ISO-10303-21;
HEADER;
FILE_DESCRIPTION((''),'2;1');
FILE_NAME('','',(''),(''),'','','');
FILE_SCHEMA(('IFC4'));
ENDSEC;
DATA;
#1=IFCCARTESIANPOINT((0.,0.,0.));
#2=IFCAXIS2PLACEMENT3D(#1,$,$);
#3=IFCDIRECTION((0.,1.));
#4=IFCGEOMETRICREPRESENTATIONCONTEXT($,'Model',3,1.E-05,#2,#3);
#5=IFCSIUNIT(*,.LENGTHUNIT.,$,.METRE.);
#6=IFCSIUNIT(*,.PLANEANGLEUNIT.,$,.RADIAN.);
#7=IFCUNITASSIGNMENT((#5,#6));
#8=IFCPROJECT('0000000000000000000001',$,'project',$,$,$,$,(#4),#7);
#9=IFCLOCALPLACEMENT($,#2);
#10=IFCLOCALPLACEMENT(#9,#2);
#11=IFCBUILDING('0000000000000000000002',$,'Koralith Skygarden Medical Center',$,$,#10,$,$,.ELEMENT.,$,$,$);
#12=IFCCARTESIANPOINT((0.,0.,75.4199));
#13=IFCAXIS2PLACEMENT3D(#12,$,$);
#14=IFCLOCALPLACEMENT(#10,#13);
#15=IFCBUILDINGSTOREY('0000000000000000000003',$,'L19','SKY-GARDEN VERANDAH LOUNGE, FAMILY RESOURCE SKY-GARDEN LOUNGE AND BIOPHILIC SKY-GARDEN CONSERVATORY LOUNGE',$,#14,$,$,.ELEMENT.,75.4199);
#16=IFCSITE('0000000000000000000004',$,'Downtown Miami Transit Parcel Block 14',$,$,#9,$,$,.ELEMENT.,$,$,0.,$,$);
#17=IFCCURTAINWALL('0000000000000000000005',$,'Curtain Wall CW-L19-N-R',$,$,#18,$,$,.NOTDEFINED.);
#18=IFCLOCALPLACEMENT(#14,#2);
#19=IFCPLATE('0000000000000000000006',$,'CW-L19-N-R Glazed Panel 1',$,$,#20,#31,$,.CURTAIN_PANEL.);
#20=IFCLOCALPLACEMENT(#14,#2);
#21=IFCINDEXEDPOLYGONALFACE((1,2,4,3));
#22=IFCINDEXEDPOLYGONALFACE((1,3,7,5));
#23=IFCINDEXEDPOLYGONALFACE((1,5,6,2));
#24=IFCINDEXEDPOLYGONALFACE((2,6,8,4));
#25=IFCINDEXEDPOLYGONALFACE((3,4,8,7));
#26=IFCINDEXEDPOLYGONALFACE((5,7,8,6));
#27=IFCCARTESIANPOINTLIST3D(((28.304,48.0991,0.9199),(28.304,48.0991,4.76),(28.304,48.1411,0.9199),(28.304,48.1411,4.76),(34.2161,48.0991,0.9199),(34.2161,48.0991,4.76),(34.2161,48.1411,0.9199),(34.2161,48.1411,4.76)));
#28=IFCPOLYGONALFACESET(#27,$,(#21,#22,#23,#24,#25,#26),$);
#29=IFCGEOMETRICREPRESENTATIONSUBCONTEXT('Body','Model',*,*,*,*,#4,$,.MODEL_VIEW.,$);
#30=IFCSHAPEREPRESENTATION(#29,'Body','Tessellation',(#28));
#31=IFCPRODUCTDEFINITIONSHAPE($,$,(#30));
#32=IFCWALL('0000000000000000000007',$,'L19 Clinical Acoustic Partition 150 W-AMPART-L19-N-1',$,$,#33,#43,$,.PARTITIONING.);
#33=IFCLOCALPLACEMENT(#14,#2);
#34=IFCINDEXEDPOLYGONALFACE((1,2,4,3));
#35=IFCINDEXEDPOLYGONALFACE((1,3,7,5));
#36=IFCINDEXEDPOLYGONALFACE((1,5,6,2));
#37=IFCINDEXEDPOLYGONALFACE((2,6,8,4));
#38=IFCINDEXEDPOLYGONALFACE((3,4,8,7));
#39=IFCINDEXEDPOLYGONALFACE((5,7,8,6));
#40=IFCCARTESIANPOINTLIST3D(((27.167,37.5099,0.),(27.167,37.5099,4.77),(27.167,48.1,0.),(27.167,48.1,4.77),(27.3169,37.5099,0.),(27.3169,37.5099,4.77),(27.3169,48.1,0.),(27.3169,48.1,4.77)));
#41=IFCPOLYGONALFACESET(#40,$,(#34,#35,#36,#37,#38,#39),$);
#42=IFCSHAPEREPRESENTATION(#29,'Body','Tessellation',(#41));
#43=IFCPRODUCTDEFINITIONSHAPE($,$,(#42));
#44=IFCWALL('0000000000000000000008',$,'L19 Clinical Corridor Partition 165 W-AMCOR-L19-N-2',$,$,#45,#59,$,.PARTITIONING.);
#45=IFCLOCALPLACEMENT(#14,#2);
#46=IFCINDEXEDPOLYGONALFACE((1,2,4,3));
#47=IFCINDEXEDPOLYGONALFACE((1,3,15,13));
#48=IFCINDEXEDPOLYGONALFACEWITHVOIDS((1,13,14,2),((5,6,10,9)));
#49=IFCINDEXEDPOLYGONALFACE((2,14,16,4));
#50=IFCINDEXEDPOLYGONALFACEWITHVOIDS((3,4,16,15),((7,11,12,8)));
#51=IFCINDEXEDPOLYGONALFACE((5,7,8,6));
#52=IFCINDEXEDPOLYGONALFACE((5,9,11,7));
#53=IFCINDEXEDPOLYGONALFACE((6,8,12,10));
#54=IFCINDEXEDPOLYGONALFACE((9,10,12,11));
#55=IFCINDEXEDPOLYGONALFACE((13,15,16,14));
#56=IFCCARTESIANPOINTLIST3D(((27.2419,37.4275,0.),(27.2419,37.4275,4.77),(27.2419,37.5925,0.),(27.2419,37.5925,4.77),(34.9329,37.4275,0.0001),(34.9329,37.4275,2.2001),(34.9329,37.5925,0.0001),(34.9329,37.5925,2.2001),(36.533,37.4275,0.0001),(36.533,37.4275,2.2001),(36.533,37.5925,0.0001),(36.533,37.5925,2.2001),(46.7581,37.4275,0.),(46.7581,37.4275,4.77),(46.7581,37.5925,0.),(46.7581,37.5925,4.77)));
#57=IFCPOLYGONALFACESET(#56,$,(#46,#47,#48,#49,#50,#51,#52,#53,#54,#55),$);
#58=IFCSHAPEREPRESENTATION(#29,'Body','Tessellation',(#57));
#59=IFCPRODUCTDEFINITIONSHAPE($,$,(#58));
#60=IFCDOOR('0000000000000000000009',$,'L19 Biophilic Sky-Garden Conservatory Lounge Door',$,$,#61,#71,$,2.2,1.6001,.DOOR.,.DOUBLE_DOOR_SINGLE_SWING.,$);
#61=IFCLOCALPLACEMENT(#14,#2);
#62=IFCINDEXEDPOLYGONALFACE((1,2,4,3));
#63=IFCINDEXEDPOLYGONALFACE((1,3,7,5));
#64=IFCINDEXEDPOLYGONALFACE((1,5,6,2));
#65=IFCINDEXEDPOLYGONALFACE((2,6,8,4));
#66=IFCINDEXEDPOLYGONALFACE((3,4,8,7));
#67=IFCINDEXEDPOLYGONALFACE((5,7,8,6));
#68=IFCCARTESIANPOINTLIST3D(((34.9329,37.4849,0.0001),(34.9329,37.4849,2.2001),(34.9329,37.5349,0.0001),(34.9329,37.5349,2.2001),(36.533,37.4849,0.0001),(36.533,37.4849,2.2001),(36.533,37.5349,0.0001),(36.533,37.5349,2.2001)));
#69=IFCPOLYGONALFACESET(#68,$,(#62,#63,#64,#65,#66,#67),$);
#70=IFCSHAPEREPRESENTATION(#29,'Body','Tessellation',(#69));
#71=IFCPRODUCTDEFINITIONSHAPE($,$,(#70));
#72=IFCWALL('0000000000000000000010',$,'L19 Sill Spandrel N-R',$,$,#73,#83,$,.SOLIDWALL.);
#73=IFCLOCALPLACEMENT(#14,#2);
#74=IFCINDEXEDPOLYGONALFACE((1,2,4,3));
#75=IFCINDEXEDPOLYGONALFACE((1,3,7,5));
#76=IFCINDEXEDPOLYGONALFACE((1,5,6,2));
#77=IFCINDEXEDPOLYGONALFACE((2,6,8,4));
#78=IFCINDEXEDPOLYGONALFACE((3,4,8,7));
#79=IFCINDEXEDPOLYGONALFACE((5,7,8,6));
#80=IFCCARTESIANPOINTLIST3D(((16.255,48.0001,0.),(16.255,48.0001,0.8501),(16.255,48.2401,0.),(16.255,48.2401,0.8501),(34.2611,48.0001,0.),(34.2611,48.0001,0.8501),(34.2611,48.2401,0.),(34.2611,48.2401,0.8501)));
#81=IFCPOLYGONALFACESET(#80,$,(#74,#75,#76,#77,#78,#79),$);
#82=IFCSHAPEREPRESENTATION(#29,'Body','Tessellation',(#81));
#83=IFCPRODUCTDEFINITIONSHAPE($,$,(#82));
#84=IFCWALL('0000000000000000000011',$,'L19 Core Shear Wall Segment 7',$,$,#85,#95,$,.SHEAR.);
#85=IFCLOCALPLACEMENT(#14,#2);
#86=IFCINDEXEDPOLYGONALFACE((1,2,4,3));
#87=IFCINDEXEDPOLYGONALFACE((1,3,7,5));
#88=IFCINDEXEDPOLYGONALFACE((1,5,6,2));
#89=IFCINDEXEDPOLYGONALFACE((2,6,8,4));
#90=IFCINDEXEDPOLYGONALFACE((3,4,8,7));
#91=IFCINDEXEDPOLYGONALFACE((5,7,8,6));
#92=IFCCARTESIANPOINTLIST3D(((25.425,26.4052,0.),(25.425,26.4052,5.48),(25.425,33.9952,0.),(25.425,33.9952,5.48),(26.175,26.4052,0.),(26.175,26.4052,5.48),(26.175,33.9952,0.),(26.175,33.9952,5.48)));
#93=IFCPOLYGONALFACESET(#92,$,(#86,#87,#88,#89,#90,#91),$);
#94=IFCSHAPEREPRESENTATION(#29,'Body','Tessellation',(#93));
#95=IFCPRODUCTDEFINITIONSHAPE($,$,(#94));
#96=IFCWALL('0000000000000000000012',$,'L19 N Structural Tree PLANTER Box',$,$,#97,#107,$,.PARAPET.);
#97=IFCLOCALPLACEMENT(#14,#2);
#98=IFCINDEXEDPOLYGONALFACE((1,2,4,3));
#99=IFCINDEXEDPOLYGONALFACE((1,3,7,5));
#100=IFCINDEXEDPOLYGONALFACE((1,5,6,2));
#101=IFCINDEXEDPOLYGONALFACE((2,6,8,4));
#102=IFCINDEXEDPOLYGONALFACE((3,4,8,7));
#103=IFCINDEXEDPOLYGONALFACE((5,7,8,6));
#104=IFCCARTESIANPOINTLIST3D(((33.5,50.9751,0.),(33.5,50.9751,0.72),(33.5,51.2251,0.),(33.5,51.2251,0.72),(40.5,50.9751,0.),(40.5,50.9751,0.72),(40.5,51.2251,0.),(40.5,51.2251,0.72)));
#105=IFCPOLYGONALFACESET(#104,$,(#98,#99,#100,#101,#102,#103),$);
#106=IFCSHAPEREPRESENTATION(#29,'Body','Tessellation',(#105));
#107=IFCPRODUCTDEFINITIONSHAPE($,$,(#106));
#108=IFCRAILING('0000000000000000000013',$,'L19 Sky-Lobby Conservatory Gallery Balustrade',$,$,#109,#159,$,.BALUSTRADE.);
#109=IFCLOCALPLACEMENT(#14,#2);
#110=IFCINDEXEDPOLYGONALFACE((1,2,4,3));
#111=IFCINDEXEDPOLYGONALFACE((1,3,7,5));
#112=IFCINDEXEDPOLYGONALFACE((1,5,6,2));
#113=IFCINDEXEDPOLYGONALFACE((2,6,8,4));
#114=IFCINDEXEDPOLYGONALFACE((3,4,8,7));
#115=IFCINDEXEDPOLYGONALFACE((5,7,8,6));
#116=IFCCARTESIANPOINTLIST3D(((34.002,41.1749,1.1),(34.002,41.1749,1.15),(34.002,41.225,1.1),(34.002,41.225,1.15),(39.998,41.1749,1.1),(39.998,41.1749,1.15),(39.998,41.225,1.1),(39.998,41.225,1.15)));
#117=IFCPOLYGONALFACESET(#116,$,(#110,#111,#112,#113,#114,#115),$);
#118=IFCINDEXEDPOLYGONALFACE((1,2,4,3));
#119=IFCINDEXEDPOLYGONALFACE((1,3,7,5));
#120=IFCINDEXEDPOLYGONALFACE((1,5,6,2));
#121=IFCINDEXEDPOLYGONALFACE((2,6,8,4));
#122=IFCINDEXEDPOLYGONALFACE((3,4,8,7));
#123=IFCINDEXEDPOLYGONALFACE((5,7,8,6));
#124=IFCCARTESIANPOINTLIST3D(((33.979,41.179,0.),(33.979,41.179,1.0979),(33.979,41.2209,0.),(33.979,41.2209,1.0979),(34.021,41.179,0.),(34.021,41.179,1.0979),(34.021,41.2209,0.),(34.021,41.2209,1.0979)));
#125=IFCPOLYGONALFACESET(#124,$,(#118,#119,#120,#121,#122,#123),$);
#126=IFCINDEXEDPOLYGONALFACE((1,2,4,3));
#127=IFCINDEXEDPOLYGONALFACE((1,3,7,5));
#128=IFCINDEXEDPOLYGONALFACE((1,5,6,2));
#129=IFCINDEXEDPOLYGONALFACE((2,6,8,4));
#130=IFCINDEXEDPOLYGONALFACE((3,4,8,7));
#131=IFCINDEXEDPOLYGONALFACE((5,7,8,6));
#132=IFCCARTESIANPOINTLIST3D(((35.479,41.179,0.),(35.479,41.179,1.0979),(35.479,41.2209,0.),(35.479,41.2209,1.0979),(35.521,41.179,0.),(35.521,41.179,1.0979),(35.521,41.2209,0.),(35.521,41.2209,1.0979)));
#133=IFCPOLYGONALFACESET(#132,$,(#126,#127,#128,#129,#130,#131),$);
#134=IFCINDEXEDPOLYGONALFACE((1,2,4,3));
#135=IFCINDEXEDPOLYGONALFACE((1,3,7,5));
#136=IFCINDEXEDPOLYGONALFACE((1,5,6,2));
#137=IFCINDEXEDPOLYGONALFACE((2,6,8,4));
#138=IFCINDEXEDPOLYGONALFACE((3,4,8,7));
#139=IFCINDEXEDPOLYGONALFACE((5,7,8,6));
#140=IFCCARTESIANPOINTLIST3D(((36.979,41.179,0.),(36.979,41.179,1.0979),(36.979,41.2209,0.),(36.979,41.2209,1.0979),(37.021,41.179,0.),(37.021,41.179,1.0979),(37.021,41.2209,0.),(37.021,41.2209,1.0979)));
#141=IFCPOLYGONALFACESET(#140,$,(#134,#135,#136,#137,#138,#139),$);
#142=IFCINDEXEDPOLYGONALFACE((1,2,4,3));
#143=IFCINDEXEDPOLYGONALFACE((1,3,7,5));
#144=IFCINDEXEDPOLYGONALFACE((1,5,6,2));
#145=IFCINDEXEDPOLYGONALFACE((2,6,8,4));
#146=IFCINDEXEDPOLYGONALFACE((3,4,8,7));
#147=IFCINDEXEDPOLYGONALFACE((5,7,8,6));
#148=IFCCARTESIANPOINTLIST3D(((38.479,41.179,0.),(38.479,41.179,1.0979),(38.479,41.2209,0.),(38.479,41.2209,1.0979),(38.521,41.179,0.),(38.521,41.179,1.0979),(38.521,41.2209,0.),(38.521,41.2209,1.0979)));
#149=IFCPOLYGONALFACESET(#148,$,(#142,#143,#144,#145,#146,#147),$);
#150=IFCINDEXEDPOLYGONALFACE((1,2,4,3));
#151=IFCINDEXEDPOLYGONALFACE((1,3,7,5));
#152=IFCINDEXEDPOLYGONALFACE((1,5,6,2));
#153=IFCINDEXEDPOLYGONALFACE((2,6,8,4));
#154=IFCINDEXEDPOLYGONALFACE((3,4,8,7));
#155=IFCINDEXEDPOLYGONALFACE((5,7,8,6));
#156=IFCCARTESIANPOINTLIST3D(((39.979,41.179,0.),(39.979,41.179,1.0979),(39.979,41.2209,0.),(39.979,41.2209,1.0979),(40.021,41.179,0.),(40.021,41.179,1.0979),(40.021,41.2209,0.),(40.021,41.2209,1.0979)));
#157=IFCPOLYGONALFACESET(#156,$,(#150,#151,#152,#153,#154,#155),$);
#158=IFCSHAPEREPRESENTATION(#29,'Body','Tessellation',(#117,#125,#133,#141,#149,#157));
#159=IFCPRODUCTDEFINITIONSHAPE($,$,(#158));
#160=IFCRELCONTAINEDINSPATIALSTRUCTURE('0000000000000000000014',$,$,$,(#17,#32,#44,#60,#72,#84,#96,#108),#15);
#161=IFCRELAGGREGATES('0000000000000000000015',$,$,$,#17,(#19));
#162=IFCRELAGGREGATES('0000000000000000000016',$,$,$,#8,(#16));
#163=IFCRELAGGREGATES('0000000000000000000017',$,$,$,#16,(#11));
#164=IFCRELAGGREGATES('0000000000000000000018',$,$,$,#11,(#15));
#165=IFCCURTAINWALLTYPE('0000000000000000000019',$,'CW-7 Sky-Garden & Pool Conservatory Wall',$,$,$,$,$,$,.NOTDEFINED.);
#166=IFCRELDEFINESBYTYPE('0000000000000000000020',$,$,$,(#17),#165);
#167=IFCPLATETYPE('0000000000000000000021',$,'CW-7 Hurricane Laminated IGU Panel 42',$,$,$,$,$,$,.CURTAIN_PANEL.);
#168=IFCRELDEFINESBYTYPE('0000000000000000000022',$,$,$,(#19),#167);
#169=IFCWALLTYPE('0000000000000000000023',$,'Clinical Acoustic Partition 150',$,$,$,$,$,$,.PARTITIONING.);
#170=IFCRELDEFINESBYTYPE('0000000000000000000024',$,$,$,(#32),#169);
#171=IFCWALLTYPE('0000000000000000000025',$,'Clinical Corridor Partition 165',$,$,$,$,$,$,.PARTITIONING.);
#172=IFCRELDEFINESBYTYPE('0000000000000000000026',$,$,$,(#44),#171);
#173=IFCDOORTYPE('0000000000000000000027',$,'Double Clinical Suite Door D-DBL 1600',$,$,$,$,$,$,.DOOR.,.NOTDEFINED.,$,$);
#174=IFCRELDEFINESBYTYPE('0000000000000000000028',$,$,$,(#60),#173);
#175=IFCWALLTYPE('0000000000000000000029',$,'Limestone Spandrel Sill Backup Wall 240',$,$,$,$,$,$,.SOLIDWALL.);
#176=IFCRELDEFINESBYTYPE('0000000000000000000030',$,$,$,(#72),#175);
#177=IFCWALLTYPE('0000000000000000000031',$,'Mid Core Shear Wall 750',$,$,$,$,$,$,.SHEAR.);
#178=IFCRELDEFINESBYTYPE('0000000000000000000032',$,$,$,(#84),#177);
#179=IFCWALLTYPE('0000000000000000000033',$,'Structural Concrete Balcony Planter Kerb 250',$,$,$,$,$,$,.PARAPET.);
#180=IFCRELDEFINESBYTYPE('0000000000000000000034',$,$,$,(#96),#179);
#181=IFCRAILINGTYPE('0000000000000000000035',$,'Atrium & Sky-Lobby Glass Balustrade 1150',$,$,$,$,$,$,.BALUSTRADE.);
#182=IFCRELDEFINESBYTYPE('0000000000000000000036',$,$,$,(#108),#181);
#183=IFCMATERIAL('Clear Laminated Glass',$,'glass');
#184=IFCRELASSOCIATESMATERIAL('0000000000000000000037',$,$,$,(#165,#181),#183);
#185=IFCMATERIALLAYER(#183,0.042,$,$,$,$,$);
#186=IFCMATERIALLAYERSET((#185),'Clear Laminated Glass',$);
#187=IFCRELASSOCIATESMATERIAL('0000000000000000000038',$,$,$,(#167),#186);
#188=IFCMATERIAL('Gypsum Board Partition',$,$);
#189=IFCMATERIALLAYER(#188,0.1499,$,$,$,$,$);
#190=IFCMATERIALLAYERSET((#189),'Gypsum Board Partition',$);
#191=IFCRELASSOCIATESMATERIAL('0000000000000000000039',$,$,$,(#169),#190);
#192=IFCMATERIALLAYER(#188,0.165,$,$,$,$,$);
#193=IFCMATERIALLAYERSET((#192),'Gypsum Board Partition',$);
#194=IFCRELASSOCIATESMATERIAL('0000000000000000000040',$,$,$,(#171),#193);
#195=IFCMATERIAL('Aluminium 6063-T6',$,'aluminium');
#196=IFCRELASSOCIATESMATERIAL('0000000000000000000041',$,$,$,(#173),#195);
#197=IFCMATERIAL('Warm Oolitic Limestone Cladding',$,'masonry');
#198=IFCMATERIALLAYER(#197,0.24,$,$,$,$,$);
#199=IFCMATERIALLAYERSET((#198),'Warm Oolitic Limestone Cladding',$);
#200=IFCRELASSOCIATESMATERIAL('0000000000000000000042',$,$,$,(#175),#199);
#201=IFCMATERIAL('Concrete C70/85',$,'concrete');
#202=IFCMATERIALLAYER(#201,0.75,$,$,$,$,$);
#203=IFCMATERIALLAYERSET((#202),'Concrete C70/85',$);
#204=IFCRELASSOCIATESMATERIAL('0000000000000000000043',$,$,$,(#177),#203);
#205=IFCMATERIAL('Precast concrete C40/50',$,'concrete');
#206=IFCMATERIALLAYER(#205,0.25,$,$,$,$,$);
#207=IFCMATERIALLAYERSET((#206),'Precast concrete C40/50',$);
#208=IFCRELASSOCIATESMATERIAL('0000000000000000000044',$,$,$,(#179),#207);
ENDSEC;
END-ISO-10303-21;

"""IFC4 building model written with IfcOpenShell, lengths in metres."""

from ifc_helpers import new_model, si_unit, direction, frame, frame_2d, origin, origin_2d, place, context, subcontext, project, spatial, rectangle, extrude, material, layer, layer_set, type_object, element, fill, aggregate, save


model = new_model("IFC4")

# Units and contexts
model_context = context("Model", 3, precision=1e-05, world=origin(), true_north=direction((0.0, 1.0)))
body_context = subcontext(model_context, "Body", "Model", "MODEL_VIEW")
ifc_project = project(units=[si_unit("LENGTHUNIT", "METRE"), si_unit("PLANEANGLEUNIT", "RADIAN")], contexts=[model_context])

# Site, building, storey
site_placement = place(None, origin())
site = spatial("IfcSite", under=ifc_project, at=site_placement, Name="Downtown Miami Transit Parcel Block 14", CompositionType="ELEMENT", RefElevation=0.0)
building_placement = place(site_placement, origin())
building = spatial("IfcBuilding", under=site, at=building_placement, Name="Koralith Skygarden Medical Center", CompositionType="ELEMENT")
storey_placement = place(building_placement, frame((0.0, 0.0, 75.4199)))
storey = spatial("IfcBuildingStorey", under=building, at=storey_placement, Name="L19", Description="SKY-GARDEN VERANDAH LOUNGE, FAMILY RESOURCE SKY-GARDEN LOUNGE AND BIOPHILIC SKY-GARDEN CONSERVATORY LOUNGE", CompositionType="ELEMENT", Elevation=75.4199)

# Shared definitions
ifc_material_1 = material(Name="Concrete C70/85", Category="concrete")

# Curtain wall
ifc_material_2 = material(Name="Clear Laminated Glass", Category="glass")
curtain_wall_type = type_object("IfcCurtainWallType", Name="CW-7 Sky-Garden & Pool Conservatory Wall", PredefinedType="NOTDEFINED", material=ifc_material_2)
curtain_wall_placement = place(storey_placement, origin())
curtain_wall = element("IfcCurtainWall", 1, at=curtain_wall_placement, inside=storey, type_object=curtain_wall_type, Name="Curtain Wall CW-L19-N-R", PredefinedType="NOTDEFINED")
ifc_material_3 = material(Name="Aluminium 6063-T6", Category="aluminium")

# Plate
ifc_layer_1 = layer(ifc_material_2, 0.042)
ifc_layer_set_1 = layer_set([ifc_layer_1], Name="Clear Laminated Glass")
plate_type = type_object("IfcPlateType", Name="CW-7 Hurricane Laminated IGU Panel 42", PredefinedType="CURTAIN_PANEL", material=ifc_layer_set_1)
plate_placement = place(storey_placement, frame((31.26, 48.1201, 0.9199), z_axis=(0.0, 0.0, 1.0), x_axis=(-1.0, 0.0, 0.0)))
plate = element("IfcPlate", 2, at=plate_placement, type_object=plate_type, Name="CW-L19-N-R Glazed Panel 1", PredefinedType="CURTAIN_PANEL", context=body_context, shape_type="SweptSolid", body=[
    extrude(rectangle(XDim=5.9121, YDim=0.042, at=origin_2d()), origin(), (0.0, 0.0, 1.0), 3.8401),
])
aggregate(curtain_wall, [plate])

# Wall
ifc_material_4 = material(Name="Gypsum Board Partition")
ifc_layer_2 = layer(ifc_material_4, 0.1499)
ifc_layer_set_2 = layer_set([ifc_layer_2], Name="Gypsum Board Partition")
wall_type_1 = type_object("IfcWallType", Name="Clinical Acoustic Partition 150", PredefinedType="PARTITIONING", material=ifc_layer_set_2)
wall_1_placement = place(storey_placement, frame((27.2419, 37.51, 0.0), z_axis=(0.0, 0.0, 1.0), x_axis=(0.0, 1.0, 0.0)))
element("IfcWall", 3, at=wall_1_placement, inside=storey, type_object=wall_type_1, Name="L19 Clinical Acoustic Partition 150 W-AMPART-L19-N-1", PredefinedType="PARTITIONING", context=body_context, shape_type="SweptSolid", body=[
    extrude(rectangle(XDim=10.5901, YDim=0.1499, at=frame_2d((5.2949, 0.0))), origin(), (0.0, 0.0, 1.0), 4.77),
])

# Wall, opening, door
ifc_layer_3 = layer(ifc_material_4, 0.165)
ifc_layer_set_3 = layer_set([ifc_layer_3], Name="Gypsum Board Partition")
wall_type_2 = type_object("IfcWallType", Name="Clinical Corridor Partition 165", PredefinedType="PARTITIONING", material=ifc_layer_set_3)
wall_2_placement = place(storey_placement, frame((27.2419, 37.51, 0.0), z_axis=(0.0, 0.0, 1.0), x_axis=(1.0, 0.0, 0.0)))
wall_2 = element("IfcWall", 4, at=wall_2_placement, inside=storey, type_object=wall_type_2, Name="L19 Clinical Corridor Partition 165 W-AMCOR-L19-N-2", PredefinedType="PARTITIONING", context=body_context, shape_type="SweptSolid", body=[
    extrude(rectangle(XDim=19.5161, YDim=0.165, at=frame_2d((9.7581, 0.0))), origin(), (0.0, 0.0, 1.0), 4.77),
])
opening_placement = place(wall_2_placement, frame((7.6909, 0.0, 0.0)))
opening = element("IfcOpeningElement", 5, at=opening_placement, cuts=wall_2, PredefinedType="OPENING", context=body_context, shape_type="SweptSolid", body=[
    extrude(rectangle(XDim=1.6001, YDim=2.2, at=frame_2d((0.8, 1.1001))), frame((0.0, 0.0925, 0.0), z_axis=(0.0, -1.0, 0.0), x_axis=(1.0, 0.0, 0.0)), (0.0, 0.0, 1.0), 0.1851),
])
door_type = type_object("IfcDoorType", Name="Double Clinical Suite Door D-DBL 1600", OperationType="NOTDEFINED", PredefinedType="DOOR", material=ifc_material_3)
door_placement = place(opening_placement, origin())
door = element("IfcDoor", 6, at=door_placement, inside=storey, type_object=door_type, Name="L19 Biophilic Sky-Garden Conservatory Lounge Door", OperationType="DOUBLE_DOOR_SINGLE_SWING", OverallHeight=2.2, OverallWidth=1.6001, PredefinedType="DOOR", context=body_context, shape_type="SweptSolid", body=[
    extrude(rectangle(XDim=1.6001, YDim=2.2, at=frame_2d((0.8, 1.1001))), frame((0.0, 0.0249, 0.0), z_axis=(0.0, -1.0, 0.0), x_axis=(1.0, 0.0, 0.0)), (0.0, 0.0, 1.0), 0.05),
])
fill(opening, door)

# Walls
ifc_material_5 = material(Name="Warm Oolitic Limestone Cladding", Category="masonry")
ifc_layer_4 = layer(ifc_material_5, 0.24)
ifc_layer_set_4 = layer_set([ifc_layer_4], Name="Warm Oolitic Limestone Cladding")
wall_type_3 = type_object("IfcWallType", Name="Limestone Spandrel Sill Backup Wall 240", PredefinedType="SOLIDWALL", material=ifc_layer_set_4)
wall_3_placement = place(storey_placement, frame((34.261, 48.1201, 0.0), z_axis=(0.0, 0.0, 1.0), x_axis=(-1.0, 0.0, 0.0)))
element("IfcWall", 7, at=wall_3_placement, inside=storey, type_object=wall_type_3, Name="L19 Sill Spandrel N-R", PredefinedType="SOLIDWALL", context=body_context, shape_type="SweptSolid", body=[
    extrude(rectangle(XDim=18.0061, YDim=0.24, at=frame_2d((9.0029, 0.0))), origin(), (0.0, 0.0, 1.0), 0.8501),
])
ifc_layer_5 = layer(ifc_material_1, 0.75)
ifc_layer_set_5 = layer_set([ifc_layer_5], Name="Concrete C70/85")
wall_type_4 = type_object("IfcWallType", Name="Mid Core Shear Wall 750", PredefinedType="SHEAR", material=ifc_layer_set_5)
wall_4_placement = place(storey_placement, frame((25.8, 33.9951, 0.0), z_axis=(0.0, 0.0, 1.0), x_axis=(0.0, -1.0, 0.0)))
element("IfcWall", 8, at=wall_4_placement, inside=storey, type_object=wall_type_4, Name="L19 Core Shear Wall Segment 7", PredefinedType="SHEAR", context=body_context, shape_type="SweptSolid", body=[
    extrude(rectangle(XDim=7.5901, YDim=0.75, at=frame_2d((3.7949, 0.0))), origin(), (0.0, 0.0, 1.0), 5.48),
])
ifc_material_6 = material(Name="Precast concrete C40/50", Category="concrete")
ifc_layer_6 = layer(ifc_material_6, 0.25)
ifc_layer_set_6 = layer_set([ifc_layer_6], Name="Precast concrete C40/50")
wall_type_5 = type_object("IfcWallType", Name="Structural Concrete Balcony Planter Kerb 250", PredefinedType="PARAPET", material=ifc_layer_set_6)
wall_5_placement = place(storey_placement, frame((33.5, 51.1001, 0.0), z_axis=(0.0, 0.0, 1.0), x_axis=(1.0, 0.0, 0.0)))
element("IfcWall", 9, at=wall_5_placement, inside=storey, type_object=wall_type_5, Name="L19 N Structural Tree PLANTER Box", PredefinedType="PARAPET", context=body_context, shape_type="SweptSolid", body=[
    extrude(rectangle(XDim=7.0, YDim=0.25, at=frame_2d((3.5, 0.0))), origin(), (0.0, 0.0, 1.0), 0.72),
])

# Railing
railing_type_1 = type_object("IfcRailingType", Name="Atrium & Sky-Lobby Glass Balustrade 1150", PredefinedType="BALUSTRADE", material=ifc_material_2)
railing_1_placement = place(storey_placement, frame((34.0, 41.2, 0.0)))
element("IfcRailing", 10, at=railing_1_placement, inside=storey, type_object=railing_type_1, Name="L19 Sky-Lobby Conservatory Gallery Balustrade", PredefinedType="BALUSTRADE", context=body_context, shape_type="SweptSolid", body=[
    extrude(rectangle(XDim=0.05, YDim=0.05, at=origin_2d()), frame((0.002, 0.0, 1.125), z_axis=(1.0, 0.0, 0.0), x_axis=(0.0, 1.0, 0.0)), (0.0, 0.0, 1.0), 5.9961),
    extrude(rectangle(XDim=0.042, YDim=0.042, at=origin_2d()), origin(), (0.0, 0.0, 1.0), 1.0979),
    extrude(rectangle(XDim=0.042, YDim=0.042, at=origin_2d()), frame((1.5, 0.0, 0.0)), (0.0, 0.0, 1.0), 1.0979),
    extrude(rectangle(XDim=0.042, YDim=0.042, at=origin_2d()), frame((3.0, 0.0, 0.0)), (0.0, 0.0, 1.0), 1.0979),
    extrude(rectangle(XDim=0.042, YDim=0.042, at=origin_2d()), frame((4.5, 0.0, 0.0)), (0.0, 0.0, 1.0), 1.0979),
    extrude(rectangle(XDim=0.042, YDim=0.042, at=origin_2d()), frame((6.0, 0.0, 0.0)), (0.0, 0.0, 1.0), 1.0979),
])

save(model, "model.ifc")
